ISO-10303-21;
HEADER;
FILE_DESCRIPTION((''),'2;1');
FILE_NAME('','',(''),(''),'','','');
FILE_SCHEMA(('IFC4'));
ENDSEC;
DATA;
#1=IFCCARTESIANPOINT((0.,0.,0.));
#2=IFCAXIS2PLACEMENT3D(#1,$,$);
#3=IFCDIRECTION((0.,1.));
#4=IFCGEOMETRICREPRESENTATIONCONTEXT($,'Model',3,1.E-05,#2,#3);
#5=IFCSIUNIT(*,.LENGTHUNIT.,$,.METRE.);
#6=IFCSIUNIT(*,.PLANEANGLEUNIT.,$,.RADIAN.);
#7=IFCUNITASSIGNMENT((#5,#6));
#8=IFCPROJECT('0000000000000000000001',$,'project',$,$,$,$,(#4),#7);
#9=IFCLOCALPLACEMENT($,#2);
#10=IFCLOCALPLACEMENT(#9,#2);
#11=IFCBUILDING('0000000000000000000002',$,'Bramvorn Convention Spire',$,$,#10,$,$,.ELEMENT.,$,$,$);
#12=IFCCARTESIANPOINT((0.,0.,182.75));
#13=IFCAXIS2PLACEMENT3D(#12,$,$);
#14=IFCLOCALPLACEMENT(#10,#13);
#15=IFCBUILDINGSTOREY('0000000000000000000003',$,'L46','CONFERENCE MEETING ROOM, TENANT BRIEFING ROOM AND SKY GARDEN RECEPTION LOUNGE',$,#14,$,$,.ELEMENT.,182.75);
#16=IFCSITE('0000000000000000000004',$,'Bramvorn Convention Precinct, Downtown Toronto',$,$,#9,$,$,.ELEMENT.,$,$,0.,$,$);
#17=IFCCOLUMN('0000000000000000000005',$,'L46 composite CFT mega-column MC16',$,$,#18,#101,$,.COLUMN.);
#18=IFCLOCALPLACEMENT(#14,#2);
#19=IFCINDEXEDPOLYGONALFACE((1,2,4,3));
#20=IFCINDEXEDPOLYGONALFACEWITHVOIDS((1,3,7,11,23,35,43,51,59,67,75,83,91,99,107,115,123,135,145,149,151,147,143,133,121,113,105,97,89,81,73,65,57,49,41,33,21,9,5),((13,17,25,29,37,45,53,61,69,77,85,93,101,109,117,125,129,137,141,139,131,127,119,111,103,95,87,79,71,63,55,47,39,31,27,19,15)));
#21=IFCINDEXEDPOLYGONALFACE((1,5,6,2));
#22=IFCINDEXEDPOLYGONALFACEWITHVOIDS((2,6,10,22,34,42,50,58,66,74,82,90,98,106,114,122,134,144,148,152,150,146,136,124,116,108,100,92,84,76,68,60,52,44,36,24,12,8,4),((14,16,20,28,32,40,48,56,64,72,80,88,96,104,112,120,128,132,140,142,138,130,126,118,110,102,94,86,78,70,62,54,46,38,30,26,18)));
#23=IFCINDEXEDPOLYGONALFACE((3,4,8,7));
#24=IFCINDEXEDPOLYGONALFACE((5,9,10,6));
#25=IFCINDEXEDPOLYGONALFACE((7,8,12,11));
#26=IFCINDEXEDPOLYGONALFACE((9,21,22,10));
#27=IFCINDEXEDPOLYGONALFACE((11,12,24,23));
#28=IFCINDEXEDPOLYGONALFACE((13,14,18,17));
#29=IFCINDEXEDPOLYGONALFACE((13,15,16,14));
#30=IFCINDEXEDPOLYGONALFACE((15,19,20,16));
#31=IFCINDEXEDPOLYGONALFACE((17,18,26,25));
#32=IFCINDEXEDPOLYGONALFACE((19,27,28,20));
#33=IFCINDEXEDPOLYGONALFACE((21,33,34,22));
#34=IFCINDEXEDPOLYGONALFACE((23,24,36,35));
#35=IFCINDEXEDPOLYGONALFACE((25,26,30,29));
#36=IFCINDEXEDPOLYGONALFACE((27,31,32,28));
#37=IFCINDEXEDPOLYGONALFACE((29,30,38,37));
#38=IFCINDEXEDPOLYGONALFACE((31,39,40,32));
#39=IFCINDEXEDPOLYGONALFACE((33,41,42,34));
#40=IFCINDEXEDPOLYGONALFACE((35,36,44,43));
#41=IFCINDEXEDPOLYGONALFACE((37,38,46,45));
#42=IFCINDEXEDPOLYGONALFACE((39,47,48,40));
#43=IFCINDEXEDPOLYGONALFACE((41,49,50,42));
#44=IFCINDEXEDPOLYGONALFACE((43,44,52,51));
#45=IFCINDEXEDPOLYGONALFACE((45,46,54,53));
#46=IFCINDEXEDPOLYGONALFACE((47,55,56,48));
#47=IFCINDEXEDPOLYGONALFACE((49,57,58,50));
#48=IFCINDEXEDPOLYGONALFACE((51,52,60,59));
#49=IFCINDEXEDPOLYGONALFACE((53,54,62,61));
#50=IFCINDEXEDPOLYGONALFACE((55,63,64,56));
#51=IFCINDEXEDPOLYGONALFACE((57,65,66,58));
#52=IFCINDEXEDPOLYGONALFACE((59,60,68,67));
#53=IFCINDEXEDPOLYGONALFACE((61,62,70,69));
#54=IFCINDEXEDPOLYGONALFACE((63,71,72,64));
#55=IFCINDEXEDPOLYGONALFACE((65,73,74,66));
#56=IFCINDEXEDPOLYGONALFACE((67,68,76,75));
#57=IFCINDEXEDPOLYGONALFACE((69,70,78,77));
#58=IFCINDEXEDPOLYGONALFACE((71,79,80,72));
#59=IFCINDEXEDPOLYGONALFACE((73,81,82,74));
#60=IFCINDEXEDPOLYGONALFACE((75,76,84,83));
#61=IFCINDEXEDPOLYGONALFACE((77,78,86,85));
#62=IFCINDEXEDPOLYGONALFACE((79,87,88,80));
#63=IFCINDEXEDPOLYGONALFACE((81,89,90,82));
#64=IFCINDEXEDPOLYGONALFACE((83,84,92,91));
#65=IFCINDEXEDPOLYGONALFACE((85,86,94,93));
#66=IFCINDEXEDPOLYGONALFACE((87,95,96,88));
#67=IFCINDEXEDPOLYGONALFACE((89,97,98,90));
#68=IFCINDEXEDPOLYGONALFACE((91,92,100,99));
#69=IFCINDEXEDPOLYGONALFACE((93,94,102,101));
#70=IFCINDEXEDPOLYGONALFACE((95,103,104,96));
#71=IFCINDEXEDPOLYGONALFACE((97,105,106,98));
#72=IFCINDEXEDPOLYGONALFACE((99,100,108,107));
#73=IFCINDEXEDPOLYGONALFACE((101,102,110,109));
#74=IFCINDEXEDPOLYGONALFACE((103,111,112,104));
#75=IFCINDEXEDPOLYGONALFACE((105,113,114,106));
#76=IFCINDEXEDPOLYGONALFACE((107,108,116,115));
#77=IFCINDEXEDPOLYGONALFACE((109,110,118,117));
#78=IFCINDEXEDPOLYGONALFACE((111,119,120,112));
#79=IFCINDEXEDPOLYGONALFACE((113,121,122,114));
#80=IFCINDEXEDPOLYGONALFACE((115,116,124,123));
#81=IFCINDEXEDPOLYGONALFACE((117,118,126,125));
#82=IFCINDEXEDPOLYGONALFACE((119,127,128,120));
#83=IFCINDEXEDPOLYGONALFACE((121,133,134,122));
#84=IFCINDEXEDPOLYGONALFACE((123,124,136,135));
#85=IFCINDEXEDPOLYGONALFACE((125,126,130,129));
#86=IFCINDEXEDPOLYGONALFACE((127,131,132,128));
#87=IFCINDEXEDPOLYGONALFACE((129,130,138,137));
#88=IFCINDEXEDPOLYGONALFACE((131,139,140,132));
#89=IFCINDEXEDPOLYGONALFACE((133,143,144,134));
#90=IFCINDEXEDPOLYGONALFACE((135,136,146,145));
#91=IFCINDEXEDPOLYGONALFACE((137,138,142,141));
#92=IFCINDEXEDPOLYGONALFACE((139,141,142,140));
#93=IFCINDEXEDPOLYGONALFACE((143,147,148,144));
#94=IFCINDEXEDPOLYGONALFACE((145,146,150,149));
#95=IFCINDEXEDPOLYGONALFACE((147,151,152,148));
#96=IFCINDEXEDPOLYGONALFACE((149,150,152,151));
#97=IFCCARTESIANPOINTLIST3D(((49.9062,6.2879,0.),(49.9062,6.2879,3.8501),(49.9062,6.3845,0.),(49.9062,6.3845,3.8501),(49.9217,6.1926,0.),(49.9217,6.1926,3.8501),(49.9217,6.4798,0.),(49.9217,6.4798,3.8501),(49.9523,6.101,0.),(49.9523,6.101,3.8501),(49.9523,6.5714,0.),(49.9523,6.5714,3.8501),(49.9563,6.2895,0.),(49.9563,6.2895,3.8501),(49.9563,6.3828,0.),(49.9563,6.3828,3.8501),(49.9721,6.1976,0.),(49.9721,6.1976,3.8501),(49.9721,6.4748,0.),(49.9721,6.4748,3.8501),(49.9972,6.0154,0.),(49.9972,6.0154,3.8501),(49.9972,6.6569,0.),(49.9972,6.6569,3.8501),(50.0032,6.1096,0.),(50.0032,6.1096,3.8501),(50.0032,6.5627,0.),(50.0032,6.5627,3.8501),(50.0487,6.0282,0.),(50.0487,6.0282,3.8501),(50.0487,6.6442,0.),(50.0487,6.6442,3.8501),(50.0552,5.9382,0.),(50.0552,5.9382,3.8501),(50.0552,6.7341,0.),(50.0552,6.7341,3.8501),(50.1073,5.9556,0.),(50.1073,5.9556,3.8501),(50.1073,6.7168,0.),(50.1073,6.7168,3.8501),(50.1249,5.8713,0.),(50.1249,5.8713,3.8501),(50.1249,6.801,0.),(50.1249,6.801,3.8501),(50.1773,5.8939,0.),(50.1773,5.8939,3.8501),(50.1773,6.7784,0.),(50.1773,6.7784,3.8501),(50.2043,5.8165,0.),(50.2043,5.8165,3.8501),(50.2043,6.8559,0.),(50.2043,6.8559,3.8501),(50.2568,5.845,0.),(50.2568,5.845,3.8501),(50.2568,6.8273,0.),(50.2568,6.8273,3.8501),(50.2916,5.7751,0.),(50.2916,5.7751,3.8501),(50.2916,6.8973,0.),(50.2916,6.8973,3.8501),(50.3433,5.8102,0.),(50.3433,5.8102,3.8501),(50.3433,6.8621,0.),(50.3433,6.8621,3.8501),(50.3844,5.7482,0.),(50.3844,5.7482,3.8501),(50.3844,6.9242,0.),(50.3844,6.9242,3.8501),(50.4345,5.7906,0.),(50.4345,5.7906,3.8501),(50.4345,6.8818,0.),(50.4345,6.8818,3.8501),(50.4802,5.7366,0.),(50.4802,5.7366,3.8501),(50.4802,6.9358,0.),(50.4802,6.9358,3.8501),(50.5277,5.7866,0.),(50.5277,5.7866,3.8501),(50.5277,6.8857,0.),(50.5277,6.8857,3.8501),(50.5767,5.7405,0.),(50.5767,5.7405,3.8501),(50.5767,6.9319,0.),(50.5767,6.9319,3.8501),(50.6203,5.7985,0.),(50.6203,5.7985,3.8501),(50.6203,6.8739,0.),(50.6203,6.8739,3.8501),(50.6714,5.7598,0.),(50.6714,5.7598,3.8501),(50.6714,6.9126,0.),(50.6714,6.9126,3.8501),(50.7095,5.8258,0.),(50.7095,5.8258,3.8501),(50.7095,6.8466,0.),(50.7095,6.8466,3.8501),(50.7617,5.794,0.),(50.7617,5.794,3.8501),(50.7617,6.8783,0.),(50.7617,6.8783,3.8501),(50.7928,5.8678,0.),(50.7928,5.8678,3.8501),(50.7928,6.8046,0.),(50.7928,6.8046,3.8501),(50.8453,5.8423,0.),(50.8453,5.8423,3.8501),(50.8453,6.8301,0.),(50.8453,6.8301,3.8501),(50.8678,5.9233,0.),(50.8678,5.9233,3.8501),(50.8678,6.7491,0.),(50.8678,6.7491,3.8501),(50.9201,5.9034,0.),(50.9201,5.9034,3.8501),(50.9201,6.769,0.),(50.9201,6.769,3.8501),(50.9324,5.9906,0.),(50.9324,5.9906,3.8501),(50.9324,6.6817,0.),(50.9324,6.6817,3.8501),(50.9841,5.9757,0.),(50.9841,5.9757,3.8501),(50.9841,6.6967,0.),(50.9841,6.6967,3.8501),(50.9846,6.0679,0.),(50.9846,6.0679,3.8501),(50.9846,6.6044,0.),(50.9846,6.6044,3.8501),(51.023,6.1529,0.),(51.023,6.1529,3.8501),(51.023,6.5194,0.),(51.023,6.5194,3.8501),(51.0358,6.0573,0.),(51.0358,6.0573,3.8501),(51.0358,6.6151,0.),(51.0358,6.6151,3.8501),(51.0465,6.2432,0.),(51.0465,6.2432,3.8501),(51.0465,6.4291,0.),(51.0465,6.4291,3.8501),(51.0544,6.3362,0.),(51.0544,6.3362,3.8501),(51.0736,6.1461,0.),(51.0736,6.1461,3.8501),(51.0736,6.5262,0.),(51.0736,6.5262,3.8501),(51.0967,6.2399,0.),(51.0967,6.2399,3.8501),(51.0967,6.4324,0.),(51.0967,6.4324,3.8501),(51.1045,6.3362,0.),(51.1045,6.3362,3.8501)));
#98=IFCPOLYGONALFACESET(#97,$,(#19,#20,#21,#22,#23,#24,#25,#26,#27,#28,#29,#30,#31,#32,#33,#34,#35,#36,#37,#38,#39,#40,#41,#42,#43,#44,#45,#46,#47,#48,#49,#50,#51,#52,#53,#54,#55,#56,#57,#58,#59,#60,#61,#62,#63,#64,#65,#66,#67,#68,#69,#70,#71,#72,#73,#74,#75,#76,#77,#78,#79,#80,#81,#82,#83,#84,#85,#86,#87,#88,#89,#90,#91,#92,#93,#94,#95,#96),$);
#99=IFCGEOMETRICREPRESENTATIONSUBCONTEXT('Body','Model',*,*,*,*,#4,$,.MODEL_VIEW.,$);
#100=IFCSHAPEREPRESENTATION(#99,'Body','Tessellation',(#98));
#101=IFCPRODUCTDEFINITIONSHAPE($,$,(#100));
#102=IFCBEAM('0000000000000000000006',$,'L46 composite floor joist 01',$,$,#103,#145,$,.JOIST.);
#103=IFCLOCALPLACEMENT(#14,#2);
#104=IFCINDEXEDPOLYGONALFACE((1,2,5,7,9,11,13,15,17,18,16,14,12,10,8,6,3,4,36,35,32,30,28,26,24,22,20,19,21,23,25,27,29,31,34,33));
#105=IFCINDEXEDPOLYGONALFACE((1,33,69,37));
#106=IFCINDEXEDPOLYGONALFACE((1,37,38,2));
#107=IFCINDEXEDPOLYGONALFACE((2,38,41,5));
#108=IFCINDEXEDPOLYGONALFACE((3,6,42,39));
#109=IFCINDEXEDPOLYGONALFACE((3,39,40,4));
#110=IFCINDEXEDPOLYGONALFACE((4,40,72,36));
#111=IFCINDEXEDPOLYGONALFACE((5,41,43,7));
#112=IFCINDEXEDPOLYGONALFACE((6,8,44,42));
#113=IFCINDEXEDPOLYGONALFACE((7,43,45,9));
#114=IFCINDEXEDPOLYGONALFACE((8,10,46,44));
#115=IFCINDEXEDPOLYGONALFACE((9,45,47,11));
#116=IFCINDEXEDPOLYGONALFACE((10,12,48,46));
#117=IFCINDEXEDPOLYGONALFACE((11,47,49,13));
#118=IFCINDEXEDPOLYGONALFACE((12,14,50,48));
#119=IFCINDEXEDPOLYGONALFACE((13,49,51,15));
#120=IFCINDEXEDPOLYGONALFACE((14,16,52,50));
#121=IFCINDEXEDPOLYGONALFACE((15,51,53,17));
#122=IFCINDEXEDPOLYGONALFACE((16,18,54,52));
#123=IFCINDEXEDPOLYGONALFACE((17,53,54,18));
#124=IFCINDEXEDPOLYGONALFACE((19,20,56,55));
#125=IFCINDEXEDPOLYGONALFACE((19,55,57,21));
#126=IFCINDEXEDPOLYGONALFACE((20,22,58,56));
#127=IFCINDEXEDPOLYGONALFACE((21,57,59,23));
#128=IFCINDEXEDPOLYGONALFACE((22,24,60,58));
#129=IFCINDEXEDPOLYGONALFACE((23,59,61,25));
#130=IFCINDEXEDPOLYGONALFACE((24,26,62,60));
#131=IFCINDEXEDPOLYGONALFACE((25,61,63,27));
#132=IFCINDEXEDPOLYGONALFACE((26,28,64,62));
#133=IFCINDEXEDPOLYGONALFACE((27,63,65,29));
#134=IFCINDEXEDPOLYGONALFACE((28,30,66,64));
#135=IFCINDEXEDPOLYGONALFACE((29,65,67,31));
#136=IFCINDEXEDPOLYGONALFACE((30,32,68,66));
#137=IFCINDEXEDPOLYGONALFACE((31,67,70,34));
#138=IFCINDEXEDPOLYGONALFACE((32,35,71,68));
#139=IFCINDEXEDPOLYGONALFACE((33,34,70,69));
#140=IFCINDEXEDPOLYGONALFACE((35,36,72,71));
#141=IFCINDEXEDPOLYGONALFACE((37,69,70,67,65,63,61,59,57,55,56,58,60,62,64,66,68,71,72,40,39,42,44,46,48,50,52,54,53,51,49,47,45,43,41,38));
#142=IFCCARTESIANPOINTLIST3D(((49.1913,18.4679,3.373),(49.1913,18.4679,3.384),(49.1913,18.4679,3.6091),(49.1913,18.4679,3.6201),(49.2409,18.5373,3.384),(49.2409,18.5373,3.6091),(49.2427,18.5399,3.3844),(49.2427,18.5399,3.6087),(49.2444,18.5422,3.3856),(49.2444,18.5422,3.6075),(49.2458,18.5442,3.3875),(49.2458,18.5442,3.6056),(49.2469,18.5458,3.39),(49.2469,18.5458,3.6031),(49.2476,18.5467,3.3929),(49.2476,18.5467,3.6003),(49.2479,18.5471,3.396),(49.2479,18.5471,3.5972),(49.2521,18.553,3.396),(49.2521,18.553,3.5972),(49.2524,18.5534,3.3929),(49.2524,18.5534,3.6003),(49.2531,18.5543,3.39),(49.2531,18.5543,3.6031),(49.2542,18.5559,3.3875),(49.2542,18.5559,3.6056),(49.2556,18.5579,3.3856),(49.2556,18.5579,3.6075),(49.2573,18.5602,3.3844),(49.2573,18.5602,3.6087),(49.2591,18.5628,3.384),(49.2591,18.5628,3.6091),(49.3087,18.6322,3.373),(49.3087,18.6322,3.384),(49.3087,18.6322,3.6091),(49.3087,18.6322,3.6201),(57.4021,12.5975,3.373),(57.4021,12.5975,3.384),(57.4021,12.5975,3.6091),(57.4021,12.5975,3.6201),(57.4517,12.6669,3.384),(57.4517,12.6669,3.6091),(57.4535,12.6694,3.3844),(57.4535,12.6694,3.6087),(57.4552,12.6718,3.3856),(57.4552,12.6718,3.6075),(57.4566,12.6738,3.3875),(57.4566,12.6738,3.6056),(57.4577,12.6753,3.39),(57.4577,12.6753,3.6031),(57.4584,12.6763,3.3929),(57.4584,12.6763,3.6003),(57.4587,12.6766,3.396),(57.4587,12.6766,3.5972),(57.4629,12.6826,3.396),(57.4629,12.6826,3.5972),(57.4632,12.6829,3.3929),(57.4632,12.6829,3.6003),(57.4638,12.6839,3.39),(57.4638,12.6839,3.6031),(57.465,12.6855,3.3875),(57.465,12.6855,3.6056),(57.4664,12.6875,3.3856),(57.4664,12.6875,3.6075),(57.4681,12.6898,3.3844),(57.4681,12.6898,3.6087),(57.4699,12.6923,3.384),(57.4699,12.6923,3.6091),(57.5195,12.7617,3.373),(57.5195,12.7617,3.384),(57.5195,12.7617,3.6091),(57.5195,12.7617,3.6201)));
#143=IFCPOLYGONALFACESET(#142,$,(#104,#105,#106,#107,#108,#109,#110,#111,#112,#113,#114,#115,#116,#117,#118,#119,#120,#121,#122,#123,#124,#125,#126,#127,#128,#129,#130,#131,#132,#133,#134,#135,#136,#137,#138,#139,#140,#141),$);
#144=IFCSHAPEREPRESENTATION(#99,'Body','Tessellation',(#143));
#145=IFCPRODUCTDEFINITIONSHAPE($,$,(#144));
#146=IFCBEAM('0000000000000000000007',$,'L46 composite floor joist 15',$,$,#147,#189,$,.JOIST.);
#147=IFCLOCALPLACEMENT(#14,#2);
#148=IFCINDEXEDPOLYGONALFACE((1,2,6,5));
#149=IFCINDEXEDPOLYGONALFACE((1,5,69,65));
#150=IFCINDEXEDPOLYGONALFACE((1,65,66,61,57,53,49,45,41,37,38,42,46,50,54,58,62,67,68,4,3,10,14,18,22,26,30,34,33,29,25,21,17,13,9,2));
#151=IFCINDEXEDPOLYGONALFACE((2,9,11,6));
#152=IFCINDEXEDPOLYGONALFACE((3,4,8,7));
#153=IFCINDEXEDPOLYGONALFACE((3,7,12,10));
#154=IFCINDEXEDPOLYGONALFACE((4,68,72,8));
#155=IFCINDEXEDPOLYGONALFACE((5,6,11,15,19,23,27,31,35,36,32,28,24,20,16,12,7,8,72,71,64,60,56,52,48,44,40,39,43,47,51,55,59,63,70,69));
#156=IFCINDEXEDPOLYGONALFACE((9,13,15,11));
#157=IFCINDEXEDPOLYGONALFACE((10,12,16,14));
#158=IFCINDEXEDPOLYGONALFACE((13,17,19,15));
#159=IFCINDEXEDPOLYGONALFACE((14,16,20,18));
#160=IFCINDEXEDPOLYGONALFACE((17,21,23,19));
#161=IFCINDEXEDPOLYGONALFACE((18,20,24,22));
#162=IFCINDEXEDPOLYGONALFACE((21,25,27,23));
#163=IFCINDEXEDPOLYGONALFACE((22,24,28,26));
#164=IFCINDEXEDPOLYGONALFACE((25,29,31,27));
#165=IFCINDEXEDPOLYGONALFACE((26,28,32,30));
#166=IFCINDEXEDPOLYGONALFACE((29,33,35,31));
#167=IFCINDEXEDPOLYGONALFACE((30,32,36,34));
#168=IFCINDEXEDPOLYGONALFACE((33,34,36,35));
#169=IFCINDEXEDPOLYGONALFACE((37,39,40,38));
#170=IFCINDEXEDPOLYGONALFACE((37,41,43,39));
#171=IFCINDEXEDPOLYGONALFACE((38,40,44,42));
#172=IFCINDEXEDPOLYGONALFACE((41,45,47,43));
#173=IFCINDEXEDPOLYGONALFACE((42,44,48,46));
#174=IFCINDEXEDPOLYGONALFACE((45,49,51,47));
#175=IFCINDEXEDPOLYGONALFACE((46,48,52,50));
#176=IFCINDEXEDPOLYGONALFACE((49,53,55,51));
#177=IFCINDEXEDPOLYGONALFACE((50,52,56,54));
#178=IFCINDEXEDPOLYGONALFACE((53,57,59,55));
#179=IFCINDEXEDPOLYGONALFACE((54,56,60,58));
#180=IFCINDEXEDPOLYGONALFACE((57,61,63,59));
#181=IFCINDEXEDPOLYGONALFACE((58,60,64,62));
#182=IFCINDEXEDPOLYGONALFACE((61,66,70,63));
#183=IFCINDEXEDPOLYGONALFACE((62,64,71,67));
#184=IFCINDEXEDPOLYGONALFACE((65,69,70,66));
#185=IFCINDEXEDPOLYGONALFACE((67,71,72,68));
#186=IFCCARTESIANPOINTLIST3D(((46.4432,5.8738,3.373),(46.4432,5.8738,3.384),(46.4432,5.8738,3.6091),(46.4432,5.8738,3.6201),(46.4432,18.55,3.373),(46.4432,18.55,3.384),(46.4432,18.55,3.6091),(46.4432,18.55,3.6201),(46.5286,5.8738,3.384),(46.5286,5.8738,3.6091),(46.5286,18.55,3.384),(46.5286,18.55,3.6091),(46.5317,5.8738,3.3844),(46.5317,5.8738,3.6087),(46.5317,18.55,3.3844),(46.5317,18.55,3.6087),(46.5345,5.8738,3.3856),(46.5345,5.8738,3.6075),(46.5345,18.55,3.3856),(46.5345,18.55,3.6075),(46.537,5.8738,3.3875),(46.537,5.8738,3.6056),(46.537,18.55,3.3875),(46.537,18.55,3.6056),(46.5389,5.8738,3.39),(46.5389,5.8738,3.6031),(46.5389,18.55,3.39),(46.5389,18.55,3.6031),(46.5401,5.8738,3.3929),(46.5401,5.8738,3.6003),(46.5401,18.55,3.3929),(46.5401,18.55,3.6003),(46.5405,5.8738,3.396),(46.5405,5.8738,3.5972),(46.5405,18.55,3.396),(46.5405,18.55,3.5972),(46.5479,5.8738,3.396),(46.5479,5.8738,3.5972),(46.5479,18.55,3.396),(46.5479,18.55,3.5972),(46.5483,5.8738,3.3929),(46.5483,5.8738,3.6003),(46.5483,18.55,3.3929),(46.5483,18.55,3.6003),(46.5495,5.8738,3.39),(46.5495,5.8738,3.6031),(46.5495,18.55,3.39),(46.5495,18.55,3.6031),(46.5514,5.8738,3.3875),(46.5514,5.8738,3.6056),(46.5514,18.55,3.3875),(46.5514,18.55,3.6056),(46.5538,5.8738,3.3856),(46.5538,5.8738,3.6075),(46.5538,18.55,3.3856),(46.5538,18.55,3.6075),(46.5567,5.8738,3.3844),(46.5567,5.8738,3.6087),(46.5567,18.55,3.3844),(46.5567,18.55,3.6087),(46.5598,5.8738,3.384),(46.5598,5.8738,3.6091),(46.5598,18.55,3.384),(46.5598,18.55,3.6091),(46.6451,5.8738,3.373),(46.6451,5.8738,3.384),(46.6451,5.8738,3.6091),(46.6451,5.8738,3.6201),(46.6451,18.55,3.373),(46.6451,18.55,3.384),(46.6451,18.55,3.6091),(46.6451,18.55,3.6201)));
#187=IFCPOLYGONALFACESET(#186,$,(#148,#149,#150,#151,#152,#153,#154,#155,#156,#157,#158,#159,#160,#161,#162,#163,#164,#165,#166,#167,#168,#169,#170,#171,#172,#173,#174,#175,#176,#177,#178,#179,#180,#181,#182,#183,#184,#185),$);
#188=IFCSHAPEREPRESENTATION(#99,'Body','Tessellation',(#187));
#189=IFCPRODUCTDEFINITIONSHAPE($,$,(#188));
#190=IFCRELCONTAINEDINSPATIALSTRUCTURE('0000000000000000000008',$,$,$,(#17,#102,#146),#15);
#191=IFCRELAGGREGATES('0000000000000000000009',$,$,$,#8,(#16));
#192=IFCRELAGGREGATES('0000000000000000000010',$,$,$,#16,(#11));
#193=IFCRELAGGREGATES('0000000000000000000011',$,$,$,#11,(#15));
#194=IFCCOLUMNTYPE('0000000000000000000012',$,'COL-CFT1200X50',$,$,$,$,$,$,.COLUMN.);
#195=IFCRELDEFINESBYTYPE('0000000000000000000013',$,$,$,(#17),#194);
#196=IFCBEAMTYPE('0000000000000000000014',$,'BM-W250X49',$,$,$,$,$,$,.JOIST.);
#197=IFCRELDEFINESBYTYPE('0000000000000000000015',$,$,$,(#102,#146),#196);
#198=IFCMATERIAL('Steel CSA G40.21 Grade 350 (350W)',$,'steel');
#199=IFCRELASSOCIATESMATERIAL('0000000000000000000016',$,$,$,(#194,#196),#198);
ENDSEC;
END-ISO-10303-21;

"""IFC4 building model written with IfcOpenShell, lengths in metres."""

from ifc_helpers import new_model, si_unit, direction, frame, origin, origin_2d, place, context, subcontext, project, spatial, hollow_circle, i_section, extrude, material, material_profile, profile_set, type_object, element, save


model = new_model("IFC4")

# Units and contexts
model_context = context("Model", 3, precision=1e-05, world=origin(), true_north=direction((0.0, 1.0)))
body_context = subcontext(model_context, "Body", "Model", "MODEL_VIEW")
ifc_project = project(units=[si_unit("LENGTHUNIT", "METRE"), si_unit("PLANEANGLEUNIT", "RADIAN")], contexts=[model_context])

# Site, building, storey
site_placement = place(None, origin())
site = spatial("IfcSite", under=ifc_project, at=site_placement, Name="Bramvorn Convention Precinct, Downtown Toronto", CompositionType="ELEMENT", RefElevation=0.0)
building_placement = place(site_placement, origin())
building = spatial("IfcBuilding", under=site, at=building_placement, Name="Bramvorn Convention Spire", CompositionType="ELEMENT")
storey_placement = place(building_placement, frame((0.0, 0.0, 182.75)))
storey = spatial("IfcBuildingStorey", under=building, at=storey_placement, Name="L46", Description="CONFERENCE MEETING ROOM, TENANT BRIEFING ROOM AND SKY GARDEN RECEPTION LOUNGE", CompositionType="ELEMENT", Elevation=182.75)

# Column
ifc_material_1 = material(Name="Steel CSA G40.21 Grade 350 (350W)", Category="steel")
ifc_material_profile_1 = material_profile(ifc_material_1, hollow_circle(Radius=0.6001, WallThickness=0.05, at=origin_2d()))
ifc_profile_set_1 = profile_set([ifc_material_profile_1], Name="Steel CSA G40.21 Grade 350 (350W) - CFT1200X50")
column_type = type_object("IfcColumnType", Name="COL-CFT1200X50", PredefinedType="COLUMN", material=ifc_profile_set_1)
for number, where, z_axis, x_axis, name in (
    (1, (50.5044, 6.3362, 0.0), (0.0, 0.0, 1.0), (1.0, 0.0, 0.0), "L46 composite CFT mega-column MC16"),
):
    element("IfcColumn", number, at=place(storey_placement, frame(where, z_axis=z_axis, x_axis=x_axis)), inside=storey, type_object=column_type, Name=name, PredefinedType="COLUMN", context=body_context, shape_type="SweptSolid", body=[
        extrude(hollow_circle(Radius=0.6001, WallThickness=0.05, at=origin_2d()), origin(), (0.0, 0.0, 1.0), 3.8501),
    ])

# Beams
ifc_material_profile_2 = material_profile(ifc_material_1, i_section(OverallWidth=0.2019, OverallDepth=0.2471, WebThickness=0.0073, FlangeThickness=0.011, FilletRadius=0.012, at=origin_2d()))
ifc_profile_set_2 = profile_set([ifc_material_profile_2], Name="Steel CSA G40.21 Grade 350 (350W) - W250X49")
beam_type_1 = type_object("IfcBeamType", Name="BM-W250X49", PredefinedType="JOIST", material=ifc_profile_set_2)
beam_1_placement = place(storey_placement, frame((49.25, 18.55, 3.4966), z_axis=(0.813472, -0.581604, 0.0), x_axis=(0.581604, 0.813472, 0.0)))
element("IfcBeam", 2, at=beam_1_placement, inside=storey, type_object=beam_type_1, Name="L46 composite floor joist 01", PredefinedType="JOIST", context=body_context, shape_type="SweptSolid", body=[
    extrude(i_section(OverallWidth=0.2019, OverallDepth=0.2471, WebThickness=0.0073, FlangeThickness=0.011, FilletRadius=0.012, at=origin_2d()), origin(), (0.0, 0.0, 1.0), 10.0935),
])
beam_2_placement = place(storey_placement, frame((46.5442, 18.55, 3.4966), z_axis=(0.0, -1.0, 0.0), x_axis=(1.0, 0.0, 0.0)))
element("IfcBeam", 3, at=beam_2_placement, inside=storey, type_object=beam_type_1, Name="L46 composite floor joist 15", PredefinedType="JOIST", context=body_context, shape_type="SweptSolid", body=[
    extrude(i_section(OverallWidth=0.2019, OverallDepth=0.2471, WebThickness=0.0073, FlangeThickness=0.011, FilletRadius=0.012, at=origin_2d()), origin(), (0.0, 0.0, 1.0), 12.6763),
])

save(model, "model.ifc")
